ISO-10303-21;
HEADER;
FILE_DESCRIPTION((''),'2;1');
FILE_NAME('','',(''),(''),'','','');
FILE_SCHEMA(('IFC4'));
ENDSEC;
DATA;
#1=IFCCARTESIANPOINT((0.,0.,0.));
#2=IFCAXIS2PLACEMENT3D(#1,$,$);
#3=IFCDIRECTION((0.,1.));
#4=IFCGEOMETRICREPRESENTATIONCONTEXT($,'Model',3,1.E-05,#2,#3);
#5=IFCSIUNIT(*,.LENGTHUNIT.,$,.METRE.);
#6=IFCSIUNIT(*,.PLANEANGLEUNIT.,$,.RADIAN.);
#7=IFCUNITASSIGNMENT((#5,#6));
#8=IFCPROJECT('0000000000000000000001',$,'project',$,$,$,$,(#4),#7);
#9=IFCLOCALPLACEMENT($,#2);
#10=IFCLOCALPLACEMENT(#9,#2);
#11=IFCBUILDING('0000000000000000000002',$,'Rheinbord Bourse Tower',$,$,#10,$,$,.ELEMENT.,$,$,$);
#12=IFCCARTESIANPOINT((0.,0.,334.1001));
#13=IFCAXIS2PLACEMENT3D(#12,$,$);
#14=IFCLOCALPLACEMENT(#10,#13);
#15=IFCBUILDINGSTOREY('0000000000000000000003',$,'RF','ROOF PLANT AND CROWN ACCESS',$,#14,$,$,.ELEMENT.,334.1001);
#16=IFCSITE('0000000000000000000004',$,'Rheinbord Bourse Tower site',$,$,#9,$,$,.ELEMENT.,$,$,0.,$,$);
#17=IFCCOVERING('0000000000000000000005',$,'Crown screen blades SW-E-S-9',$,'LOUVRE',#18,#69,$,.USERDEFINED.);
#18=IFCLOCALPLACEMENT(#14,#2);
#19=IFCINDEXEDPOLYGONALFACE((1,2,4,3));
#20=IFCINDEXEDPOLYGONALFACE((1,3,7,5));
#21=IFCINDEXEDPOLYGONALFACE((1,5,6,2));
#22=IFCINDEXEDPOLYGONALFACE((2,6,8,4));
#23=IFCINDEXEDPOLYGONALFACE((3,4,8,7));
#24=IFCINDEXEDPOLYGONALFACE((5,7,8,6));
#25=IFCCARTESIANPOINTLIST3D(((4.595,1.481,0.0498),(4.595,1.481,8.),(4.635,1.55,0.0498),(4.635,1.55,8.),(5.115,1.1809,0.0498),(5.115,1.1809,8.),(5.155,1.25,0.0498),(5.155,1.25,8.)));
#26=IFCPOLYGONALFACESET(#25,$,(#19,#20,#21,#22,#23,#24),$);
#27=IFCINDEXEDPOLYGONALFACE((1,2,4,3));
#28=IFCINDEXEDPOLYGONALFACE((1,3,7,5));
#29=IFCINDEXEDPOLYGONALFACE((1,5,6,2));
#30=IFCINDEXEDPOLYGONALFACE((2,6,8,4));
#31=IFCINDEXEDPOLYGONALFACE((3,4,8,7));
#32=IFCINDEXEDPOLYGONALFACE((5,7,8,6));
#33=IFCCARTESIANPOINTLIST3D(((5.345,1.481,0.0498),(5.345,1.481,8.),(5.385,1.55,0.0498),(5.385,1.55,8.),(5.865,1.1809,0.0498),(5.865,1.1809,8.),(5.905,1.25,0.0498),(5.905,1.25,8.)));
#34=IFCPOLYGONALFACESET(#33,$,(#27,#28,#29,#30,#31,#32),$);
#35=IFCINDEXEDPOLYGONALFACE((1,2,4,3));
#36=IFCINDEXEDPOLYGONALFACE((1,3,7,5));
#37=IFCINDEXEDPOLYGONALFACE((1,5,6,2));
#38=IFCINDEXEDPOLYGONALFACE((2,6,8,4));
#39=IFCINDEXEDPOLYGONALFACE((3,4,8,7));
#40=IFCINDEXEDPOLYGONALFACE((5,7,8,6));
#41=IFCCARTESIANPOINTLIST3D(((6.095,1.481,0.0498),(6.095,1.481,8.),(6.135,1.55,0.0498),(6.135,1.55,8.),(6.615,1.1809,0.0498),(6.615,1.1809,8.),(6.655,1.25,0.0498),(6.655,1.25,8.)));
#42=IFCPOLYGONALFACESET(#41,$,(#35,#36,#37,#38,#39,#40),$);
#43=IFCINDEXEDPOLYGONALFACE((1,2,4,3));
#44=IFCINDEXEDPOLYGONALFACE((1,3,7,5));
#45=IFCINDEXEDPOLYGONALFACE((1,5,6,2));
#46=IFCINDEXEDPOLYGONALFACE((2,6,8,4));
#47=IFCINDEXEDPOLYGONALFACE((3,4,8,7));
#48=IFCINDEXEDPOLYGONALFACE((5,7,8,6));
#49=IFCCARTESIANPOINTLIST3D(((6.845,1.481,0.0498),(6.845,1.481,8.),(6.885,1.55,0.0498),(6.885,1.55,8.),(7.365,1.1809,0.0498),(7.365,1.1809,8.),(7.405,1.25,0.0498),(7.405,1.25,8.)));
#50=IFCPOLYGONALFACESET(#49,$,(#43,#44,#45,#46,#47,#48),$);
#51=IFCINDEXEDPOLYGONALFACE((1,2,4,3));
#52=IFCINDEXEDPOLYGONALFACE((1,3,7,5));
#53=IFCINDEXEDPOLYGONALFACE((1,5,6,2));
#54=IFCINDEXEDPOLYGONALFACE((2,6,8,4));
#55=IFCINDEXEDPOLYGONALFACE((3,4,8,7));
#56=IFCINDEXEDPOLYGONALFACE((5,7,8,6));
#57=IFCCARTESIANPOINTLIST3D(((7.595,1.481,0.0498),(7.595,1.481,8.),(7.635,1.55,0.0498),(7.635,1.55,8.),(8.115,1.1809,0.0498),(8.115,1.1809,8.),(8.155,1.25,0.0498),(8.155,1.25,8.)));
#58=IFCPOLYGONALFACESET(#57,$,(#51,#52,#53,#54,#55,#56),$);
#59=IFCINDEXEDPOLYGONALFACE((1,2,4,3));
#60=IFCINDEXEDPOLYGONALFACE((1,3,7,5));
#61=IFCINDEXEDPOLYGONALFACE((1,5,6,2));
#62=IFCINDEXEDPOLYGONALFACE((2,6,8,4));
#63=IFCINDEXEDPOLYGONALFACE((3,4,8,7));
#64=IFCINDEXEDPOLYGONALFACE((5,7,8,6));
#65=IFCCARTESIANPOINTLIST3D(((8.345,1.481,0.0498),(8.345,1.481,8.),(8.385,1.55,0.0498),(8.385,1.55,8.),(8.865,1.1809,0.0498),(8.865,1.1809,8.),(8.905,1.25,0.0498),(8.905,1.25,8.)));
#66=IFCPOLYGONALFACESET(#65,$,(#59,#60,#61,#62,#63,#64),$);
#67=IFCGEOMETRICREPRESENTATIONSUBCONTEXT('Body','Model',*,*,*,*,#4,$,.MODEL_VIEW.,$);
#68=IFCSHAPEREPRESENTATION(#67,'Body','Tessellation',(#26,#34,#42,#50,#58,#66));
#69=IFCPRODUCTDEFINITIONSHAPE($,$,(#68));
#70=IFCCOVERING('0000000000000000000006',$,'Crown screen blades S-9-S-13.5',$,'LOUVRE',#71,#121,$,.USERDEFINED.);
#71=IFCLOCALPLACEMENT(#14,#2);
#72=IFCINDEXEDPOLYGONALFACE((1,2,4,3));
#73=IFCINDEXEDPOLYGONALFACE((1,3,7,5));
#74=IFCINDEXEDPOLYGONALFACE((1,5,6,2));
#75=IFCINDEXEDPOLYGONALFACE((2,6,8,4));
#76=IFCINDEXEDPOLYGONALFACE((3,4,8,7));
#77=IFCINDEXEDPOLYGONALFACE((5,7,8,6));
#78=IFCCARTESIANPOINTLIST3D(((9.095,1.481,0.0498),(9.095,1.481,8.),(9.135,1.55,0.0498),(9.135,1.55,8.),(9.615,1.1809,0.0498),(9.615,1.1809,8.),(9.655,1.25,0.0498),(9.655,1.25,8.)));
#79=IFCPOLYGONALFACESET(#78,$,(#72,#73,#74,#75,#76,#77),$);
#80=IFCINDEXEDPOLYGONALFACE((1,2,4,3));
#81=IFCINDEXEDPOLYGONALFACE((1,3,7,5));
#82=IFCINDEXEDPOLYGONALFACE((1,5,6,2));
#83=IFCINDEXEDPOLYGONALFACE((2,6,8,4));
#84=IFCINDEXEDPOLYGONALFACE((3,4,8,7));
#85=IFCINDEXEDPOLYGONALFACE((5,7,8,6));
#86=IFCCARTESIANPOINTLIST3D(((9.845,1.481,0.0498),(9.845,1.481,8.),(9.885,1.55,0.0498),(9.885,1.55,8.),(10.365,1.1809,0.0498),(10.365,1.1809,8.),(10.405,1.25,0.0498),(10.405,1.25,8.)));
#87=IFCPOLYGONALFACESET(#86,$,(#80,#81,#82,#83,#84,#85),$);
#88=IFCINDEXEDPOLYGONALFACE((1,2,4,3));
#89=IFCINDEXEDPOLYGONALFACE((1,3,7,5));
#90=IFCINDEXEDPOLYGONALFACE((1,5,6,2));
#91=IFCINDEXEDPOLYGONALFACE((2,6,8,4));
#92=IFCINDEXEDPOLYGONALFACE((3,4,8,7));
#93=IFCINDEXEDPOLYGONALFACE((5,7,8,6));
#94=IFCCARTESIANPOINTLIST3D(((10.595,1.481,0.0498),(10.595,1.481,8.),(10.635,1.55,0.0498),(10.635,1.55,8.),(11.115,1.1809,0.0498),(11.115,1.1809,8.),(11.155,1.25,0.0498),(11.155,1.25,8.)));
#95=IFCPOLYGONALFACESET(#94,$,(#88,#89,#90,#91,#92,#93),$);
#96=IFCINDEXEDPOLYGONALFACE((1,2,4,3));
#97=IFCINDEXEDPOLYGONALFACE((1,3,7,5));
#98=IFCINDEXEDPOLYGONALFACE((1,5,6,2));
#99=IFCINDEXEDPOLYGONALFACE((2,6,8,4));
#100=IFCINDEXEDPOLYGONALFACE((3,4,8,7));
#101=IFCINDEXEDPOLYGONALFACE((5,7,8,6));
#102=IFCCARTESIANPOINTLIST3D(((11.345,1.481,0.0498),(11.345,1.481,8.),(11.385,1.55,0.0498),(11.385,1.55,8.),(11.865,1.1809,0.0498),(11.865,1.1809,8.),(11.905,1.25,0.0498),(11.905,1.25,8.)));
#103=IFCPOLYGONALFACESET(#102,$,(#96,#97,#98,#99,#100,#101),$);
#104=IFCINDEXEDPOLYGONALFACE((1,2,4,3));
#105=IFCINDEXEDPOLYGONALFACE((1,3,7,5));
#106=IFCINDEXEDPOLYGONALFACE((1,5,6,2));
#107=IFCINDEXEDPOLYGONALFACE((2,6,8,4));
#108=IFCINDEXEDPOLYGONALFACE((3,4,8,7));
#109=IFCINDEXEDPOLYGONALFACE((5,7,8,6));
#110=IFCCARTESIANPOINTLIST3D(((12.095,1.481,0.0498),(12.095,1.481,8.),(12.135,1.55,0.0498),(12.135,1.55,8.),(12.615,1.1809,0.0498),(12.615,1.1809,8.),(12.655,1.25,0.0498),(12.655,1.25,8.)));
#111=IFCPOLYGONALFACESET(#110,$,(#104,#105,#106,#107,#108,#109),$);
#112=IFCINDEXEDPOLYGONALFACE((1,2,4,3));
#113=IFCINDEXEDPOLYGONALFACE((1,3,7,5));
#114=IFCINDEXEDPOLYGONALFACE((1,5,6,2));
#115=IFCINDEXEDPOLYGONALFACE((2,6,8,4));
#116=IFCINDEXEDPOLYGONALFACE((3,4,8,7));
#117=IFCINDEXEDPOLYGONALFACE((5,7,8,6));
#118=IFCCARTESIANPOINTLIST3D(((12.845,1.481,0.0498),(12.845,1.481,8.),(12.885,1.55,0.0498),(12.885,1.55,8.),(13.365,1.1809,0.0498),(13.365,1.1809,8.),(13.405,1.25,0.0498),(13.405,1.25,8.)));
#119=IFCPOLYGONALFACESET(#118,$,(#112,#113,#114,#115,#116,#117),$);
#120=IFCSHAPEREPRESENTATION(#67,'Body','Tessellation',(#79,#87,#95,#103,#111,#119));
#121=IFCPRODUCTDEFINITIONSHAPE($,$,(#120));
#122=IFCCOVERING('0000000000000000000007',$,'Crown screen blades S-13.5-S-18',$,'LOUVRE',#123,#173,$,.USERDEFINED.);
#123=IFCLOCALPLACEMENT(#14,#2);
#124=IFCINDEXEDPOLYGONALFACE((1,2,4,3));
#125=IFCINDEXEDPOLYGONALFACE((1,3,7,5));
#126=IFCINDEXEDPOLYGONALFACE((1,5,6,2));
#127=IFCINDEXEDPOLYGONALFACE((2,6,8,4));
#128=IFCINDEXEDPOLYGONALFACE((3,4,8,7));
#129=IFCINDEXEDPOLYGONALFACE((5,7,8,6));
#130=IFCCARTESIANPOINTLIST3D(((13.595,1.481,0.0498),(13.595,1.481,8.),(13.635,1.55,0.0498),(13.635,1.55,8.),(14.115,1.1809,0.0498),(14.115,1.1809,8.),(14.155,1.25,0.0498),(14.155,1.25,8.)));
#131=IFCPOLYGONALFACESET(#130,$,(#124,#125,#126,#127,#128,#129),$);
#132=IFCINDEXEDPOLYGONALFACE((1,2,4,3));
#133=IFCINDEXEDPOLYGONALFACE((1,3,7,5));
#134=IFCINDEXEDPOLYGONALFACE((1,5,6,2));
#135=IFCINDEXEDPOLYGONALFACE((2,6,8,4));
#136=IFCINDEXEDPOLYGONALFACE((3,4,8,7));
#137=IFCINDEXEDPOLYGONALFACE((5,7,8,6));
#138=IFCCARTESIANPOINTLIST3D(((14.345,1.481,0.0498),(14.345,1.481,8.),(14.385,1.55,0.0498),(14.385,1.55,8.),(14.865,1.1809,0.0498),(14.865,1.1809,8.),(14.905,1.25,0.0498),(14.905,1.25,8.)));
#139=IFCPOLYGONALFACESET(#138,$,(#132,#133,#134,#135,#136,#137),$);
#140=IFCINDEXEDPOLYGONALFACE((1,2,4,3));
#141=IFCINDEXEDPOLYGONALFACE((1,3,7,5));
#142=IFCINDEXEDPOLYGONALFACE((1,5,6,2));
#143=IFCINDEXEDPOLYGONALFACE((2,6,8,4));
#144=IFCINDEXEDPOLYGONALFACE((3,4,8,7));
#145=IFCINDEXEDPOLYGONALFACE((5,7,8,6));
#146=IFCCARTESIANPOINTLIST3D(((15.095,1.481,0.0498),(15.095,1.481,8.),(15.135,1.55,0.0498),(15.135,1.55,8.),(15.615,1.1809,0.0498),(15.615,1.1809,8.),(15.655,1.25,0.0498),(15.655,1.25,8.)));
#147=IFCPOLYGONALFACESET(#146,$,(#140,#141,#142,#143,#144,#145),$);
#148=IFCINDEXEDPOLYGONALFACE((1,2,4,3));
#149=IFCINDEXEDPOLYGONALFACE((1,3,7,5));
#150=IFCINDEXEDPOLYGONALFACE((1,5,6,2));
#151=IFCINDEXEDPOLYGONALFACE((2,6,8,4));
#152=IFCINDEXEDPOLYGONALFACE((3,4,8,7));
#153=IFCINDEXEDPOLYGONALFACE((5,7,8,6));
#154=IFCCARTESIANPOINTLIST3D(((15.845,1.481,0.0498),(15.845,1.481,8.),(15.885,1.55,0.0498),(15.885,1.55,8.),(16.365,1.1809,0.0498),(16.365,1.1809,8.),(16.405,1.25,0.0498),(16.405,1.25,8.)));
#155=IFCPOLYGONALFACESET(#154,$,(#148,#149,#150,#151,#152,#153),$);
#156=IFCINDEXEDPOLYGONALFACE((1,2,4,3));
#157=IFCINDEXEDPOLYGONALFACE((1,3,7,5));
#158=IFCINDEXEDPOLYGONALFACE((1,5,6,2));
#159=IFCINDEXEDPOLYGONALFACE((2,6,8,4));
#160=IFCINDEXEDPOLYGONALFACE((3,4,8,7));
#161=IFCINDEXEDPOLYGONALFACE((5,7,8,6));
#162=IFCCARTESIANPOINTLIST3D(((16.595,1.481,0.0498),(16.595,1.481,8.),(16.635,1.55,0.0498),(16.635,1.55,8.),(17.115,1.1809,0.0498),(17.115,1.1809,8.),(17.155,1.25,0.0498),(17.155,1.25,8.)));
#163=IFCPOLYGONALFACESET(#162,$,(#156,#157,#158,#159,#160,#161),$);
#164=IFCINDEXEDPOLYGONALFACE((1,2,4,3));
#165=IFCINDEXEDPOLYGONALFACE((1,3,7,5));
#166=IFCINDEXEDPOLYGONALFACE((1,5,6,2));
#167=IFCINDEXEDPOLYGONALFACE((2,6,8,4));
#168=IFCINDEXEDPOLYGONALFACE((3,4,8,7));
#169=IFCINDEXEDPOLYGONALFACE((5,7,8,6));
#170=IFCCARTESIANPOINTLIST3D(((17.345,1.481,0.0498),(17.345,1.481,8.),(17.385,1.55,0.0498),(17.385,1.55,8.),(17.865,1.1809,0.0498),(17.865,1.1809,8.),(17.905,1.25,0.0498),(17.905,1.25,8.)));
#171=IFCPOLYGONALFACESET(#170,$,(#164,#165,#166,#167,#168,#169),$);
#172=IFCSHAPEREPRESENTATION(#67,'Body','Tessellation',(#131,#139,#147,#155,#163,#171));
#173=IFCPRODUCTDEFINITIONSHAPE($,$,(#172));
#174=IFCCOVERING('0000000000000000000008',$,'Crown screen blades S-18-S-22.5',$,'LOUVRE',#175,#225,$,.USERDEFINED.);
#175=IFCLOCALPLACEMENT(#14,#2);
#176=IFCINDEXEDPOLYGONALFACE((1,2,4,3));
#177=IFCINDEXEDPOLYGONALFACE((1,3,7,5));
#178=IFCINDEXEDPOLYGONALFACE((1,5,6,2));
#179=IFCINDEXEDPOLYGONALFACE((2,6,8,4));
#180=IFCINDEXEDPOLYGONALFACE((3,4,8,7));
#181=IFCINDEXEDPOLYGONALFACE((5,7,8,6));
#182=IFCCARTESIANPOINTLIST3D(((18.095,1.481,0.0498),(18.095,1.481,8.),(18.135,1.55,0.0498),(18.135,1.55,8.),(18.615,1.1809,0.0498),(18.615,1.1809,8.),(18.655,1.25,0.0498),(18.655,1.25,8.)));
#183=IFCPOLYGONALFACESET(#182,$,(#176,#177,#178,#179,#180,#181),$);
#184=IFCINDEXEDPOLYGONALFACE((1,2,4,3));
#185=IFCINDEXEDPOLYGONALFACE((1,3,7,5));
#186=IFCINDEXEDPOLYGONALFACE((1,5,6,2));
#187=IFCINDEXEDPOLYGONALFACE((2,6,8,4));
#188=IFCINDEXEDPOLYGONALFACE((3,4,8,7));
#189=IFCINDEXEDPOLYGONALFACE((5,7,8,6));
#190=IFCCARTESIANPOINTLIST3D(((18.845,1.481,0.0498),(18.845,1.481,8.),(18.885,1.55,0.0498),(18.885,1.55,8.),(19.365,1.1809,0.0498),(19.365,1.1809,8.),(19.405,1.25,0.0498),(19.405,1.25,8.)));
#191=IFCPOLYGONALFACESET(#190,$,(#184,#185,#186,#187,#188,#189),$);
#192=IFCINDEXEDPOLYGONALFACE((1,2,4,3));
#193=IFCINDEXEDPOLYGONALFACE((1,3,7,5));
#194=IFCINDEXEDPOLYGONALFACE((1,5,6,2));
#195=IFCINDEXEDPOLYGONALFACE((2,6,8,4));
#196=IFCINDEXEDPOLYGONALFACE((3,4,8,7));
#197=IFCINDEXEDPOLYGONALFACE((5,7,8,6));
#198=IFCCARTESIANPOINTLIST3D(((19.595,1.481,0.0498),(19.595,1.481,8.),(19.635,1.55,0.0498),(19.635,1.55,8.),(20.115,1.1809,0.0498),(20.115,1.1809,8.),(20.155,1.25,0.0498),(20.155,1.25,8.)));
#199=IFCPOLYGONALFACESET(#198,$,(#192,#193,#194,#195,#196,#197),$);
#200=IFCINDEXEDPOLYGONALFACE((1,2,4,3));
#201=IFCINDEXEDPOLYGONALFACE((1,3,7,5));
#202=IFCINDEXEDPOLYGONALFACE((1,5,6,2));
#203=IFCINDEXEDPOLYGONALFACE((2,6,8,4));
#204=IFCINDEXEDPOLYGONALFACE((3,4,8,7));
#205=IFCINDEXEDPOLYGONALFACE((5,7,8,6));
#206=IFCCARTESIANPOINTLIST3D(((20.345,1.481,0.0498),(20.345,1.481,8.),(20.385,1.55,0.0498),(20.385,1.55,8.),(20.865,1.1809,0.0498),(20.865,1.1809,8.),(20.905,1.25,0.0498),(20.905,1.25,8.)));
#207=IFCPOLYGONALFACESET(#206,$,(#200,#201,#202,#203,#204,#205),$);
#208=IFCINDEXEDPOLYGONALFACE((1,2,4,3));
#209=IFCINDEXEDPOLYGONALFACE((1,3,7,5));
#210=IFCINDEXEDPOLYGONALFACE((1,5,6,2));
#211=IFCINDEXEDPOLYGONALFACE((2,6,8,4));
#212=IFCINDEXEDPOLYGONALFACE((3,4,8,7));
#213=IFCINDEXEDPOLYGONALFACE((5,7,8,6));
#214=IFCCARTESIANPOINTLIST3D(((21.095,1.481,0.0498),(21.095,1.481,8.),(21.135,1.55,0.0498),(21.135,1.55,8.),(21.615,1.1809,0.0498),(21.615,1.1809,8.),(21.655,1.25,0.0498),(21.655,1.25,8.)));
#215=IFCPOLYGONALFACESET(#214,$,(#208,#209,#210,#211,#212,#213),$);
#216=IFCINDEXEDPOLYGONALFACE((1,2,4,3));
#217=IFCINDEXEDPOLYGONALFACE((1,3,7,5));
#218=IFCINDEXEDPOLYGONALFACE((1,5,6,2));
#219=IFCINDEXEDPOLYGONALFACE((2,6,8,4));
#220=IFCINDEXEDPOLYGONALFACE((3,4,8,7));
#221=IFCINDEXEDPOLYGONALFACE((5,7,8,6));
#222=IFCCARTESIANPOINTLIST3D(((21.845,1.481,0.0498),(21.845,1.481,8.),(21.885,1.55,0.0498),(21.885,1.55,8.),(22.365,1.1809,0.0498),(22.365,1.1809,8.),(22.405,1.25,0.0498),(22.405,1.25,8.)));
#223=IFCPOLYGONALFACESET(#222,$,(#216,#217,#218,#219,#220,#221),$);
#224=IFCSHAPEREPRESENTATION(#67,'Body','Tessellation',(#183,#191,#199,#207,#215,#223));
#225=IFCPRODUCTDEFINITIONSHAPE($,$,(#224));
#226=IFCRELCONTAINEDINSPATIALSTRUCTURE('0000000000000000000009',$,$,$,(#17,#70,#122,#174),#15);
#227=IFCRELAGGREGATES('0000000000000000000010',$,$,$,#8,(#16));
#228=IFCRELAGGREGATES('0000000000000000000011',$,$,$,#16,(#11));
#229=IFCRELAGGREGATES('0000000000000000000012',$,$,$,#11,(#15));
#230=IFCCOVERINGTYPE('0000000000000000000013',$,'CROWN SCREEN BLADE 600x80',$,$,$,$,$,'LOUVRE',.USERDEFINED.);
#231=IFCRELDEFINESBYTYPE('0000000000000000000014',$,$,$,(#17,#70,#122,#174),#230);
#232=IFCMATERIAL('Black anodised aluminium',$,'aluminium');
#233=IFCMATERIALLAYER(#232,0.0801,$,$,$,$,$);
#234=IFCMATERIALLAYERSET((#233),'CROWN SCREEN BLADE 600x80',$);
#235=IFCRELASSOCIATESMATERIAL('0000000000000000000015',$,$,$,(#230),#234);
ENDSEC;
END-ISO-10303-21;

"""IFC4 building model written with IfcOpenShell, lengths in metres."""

from ifc_helpers import new_model, si_unit, direction, frame, origin, place, context, subcontext, project, spatial, polyline, outline, extrude, material, layer, layer_set, type_object, element, save


model = new_model("IFC4")

# Units and contexts
model_context = context("Model", 3, precision=1e-05, world=origin(), true_north=direction((0.0, 1.0)))
body_context = subcontext(model_context, "Body", "Model", "MODEL_VIEW")
ifc_project = project(units=[si_unit("LENGTHUNIT", "METRE"), si_unit("PLANEANGLEUNIT", "RADIAN")], contexts=[model_context])

# Site, building, storey
site_placement = place(None, origin())
site = spatial("IfcSite", under=ifc_project, at=site_placement, Name="Rheinbord Bourse Tower site", CompositionType="ELEMENT", RefElevation=0.0)
building_placement = place(site_placement, origin())
building = spatial("IfcBuilding", under=site, at=building_placement, Name="Rheinbord Bourse Tower", CompositionType="ELEMENT")
storey_placement = place(building_placement, frame((0.0, 0.0, 334.1001)))
storey = spatial("IfcBuildingStorey", under=building, at=storey_placement, Name="RF", Description="ROOF PLANT AND CROWN ACCESS", CompositionType="ELEMENT", Elevation=334.1001)

# Coverings
ifc_material = material(Name="Black anodised aluminium", Category="aluminium")
ifc_layer = layer(ifc_material, 0.0801)
ifc_layer_set = layer_set([ifc_layer], Name="CROWN SCREEN BLADE 600x80")
covering_type = type_object("IfcCoveringType", Name="CROWN SCREEN BLADE 600x80", ElementType="LOUVRE", PredefinedType="USERDEFINED", material=ifc_layer_set)
covering_1_placement = place(storey_placement, frame((0.0, 0.0, 0.0498)))
element("IfcCovering", 1, at=covering_1_placement, inside=storey, type_object=covering_type, Name="Crown screen blades SW-E-S-9", ObjectType="LOUVRE", PredefinedType="USERDEFINED", context=body_context, shape_type="SweptSolid", body=[
    extrude(outline(polyline([(4.635, 1.55), (5.155, 1.25), (5.115, 1.1809), (4.595, 1.481), (4.635, 1.55)])), origin(), (0.0, 0.0, 1.0), 7.9502),
    extrude(outline(polyline([(5.385, 1.55), (5.905, 1.25), (5.865, 1.1809), (5.345, 1.481), (5.385, 1.55)])), origin(), (0.0, 0.0, 1.0), 7.9502),
    extrude(outline(polyline([(6.135, 1.55), (6.655, 1.25), (6.615, 1.1809), (6.095, 1.481), (6.135, 1.55)])), origin(), (0.0, 0.0, 1.0), 7.9502),
    extrude(outline(polyline([(6.885, 1.55), (7.405, 1.25), (7.365, 1.1809), (6.845, 1.481), (6.885, 1.55)])), origin(), (0.0, 0.0, 1.0), 7.9502),
    extrude(outline(polyline([(7.635, 1.55), (8.155, 1.25), (8.115, 1.1809), (7.595, 1.481), (7.635, 1.55)])), origin(), (0.0, 0.0, 1.0), 7.9502),
    extrude(outline(polyline([(8.385, 1.55), (8.905, 1.25), (8.865, 1.1809), (8.345, 1.481), (8.385, 1.55)])), origin(), (0.0, 0.0, 1.0), 7.9502),
])
covering_2_placement = place(storey_placement, frame((0.0, 0.0, 0.0498)))
element("IfcCovering", 2, at=covering_2_placement, inside=storey, type_object=covering_type, Name="Crown screen blades S-9-S-13.5", ObjectType="LOUVRE", PredefinedType="USERDEFINED", context=body_context, shape_type="SweptSolid", body=[
    extrude(outline(polyline([(9.135, 1.55), (9.655, 1.25), (9.615, 1.1809), (9.095, 1.481), (9.135, 1.55)])), origin(), (0.0, 0.0, 1.0), 7.9502),
    extrude(outline(polyline([(9.885, 1.55), (10.405, 1.25), (10.365, 1.1809), (9.845, 1.481), (9.885, 1.55)])), origin(), (0.0, 0.0, 1.0), 7.9502),
    extrude(outline(polyline([(10.635, 1.55), (11.155, 1.25), (11.115, 1.1809), (10.595, 1.481), (10.635, 1.55)])), origin(), (0.0, 0.0, 1.0), 7.9502),
    extrude(outline(polyline([(11.385, 1.55), (11.905, 1.25), (11.865, 1.1809), (11.345, 1.481), (11.385, 1.55)])), origin(), (0.0, 0.0, 1.0), 7.9502),
    extrude(outline(polyline([(12.135, 1.55), (12.655, 1.25), (12.615, 1.1809), (12.095, 1.481), (12.135, 1.55)])), origin(), (0.0, 0.0, 1.0), 7.9502),
    extrude(outline(polyline([(12.885, 1.55), (13.405, 1.25), (13.365, 1.1809), (12.845, 1.481), (12.885, 1.55)])), origin(), (0.0, 0.0, 1.0), 7.9502),
])
covering_3_placement = place(storey_placement, frame((0.0, 0.0, 0.0498)))
element("IfcCovering", 3, at=covering_3_placement, inside=storey, type_object=covering_type, Name="Crown screen blades S-13.5-S-18", ObjectType="LOUVRE", PredefinedType="USERDEFINED", context=body_context, shape_type="SweptSolid", body=[
    extrude(outline(polyline([(13.635, 1.55), (14.155, 1.25), (14.115, 1.1809), (13.595, 1.481), (13.635, 1.55)])), origin(), (0.0, 0.0, 1.0), 7.9502),
    extrude(outline(polyline([(14.385, 1.55), (14.905, 1.25), (14.865, 1.1809), (14.345, 1.481), (14.385, 1.55)])), origin(), (0.0, 0.0, 1.0), 7.9502),
    extrude(outline(polyline([(15.135, 1.55), (15.655, 1.25), (15.615, 1.1809), (15.095, 1.481), (15.135, 1.55)])), origin(), (0.0, 0.0, 1.0), 7.9502),
    extrude(outline(polyline([(15.885, 1.55), (16.405, 1.25), (16.365, 1.1809), (15.845, 1.481), (15.885, 1.55)])), origin(), (0.0, 0.0, 1.0), 7.9502),
    extrude(outline(polyline([(16.635, 1.55), (17.155, 1.25), (17.115, 1.1809), (16.595, 1.481), (16.635, 1.55)])), origin(), (0.0, 0.0, 1.0), 7.9502),
    extrude(outline(polyline([(17.385, 1.55), (17.905, 1.25), (17.865, 1.1809), (17.345, 1.481), (17.385, 1.55)])), origin(), (0.0, 0.0, 1.0), 7.9502),
])
covering_4_placement = place(storey_placement, frame((0.0, 0.0, 0.0498)))
element("IfcCovering", 4, at=covering_4_placement, inside=storey, type_object=covering_type, Name="Crown screen blades S-18-S-22.5", ObjectType="LOUVRE", PredefinedType="USERDEFINED", context=body_context, shape_type="SweptSolid", body=[
    extrude(outline(polyline([(18.135, 1.55), (18.655, 1.25), (18.615, 1.1809), (18.095, 1.481), (18.135, 1.55)])), origin(), (0.0, 0.0, 1.0), 7.9502),
    extrude(outline(polyline([(18.885, 1.55), (19.405, 1.25), (19.365, 1.1809), (18.845, 1.481), (18.885, 1.55)])), origin(), (0.0, 0.0, 1.0), 7.9502),
    extrude(outline(polyline([(19.635, 1.55), (20.155, 1.25), (20.115, 1.1809), (19.595, 1.481), (19.635, 1.55)])), origin(), (0.0, 0.0, 1.0), 7.9502),
    extrude(outline(polyline([(20.385, 1.55), (20.905, 1.25), (20.865, 1.1809), (20.345, 1.481), (20.385, 1.55)])), origin(), (0.0, 0.0, 1.0), 7.9502),
    extrude(outline(polyline([(21.135, 1.55), (21.655, 1.25), (21.615, 1.1809), (21.095, 1.481), (21.135, 1.55)])), origin(), (0.0, 0.0, 1.0), 7.9502),
    extrude(outline(polyline([(21.885, 1.55), (22.405, 1.25), (22.365, 1.1809), (21.845, 1.481), (21.885, 1.55)])), origin(), (0.0, 0.0, 1.0), 7.9502),
])

save(model, "model.ifc")
